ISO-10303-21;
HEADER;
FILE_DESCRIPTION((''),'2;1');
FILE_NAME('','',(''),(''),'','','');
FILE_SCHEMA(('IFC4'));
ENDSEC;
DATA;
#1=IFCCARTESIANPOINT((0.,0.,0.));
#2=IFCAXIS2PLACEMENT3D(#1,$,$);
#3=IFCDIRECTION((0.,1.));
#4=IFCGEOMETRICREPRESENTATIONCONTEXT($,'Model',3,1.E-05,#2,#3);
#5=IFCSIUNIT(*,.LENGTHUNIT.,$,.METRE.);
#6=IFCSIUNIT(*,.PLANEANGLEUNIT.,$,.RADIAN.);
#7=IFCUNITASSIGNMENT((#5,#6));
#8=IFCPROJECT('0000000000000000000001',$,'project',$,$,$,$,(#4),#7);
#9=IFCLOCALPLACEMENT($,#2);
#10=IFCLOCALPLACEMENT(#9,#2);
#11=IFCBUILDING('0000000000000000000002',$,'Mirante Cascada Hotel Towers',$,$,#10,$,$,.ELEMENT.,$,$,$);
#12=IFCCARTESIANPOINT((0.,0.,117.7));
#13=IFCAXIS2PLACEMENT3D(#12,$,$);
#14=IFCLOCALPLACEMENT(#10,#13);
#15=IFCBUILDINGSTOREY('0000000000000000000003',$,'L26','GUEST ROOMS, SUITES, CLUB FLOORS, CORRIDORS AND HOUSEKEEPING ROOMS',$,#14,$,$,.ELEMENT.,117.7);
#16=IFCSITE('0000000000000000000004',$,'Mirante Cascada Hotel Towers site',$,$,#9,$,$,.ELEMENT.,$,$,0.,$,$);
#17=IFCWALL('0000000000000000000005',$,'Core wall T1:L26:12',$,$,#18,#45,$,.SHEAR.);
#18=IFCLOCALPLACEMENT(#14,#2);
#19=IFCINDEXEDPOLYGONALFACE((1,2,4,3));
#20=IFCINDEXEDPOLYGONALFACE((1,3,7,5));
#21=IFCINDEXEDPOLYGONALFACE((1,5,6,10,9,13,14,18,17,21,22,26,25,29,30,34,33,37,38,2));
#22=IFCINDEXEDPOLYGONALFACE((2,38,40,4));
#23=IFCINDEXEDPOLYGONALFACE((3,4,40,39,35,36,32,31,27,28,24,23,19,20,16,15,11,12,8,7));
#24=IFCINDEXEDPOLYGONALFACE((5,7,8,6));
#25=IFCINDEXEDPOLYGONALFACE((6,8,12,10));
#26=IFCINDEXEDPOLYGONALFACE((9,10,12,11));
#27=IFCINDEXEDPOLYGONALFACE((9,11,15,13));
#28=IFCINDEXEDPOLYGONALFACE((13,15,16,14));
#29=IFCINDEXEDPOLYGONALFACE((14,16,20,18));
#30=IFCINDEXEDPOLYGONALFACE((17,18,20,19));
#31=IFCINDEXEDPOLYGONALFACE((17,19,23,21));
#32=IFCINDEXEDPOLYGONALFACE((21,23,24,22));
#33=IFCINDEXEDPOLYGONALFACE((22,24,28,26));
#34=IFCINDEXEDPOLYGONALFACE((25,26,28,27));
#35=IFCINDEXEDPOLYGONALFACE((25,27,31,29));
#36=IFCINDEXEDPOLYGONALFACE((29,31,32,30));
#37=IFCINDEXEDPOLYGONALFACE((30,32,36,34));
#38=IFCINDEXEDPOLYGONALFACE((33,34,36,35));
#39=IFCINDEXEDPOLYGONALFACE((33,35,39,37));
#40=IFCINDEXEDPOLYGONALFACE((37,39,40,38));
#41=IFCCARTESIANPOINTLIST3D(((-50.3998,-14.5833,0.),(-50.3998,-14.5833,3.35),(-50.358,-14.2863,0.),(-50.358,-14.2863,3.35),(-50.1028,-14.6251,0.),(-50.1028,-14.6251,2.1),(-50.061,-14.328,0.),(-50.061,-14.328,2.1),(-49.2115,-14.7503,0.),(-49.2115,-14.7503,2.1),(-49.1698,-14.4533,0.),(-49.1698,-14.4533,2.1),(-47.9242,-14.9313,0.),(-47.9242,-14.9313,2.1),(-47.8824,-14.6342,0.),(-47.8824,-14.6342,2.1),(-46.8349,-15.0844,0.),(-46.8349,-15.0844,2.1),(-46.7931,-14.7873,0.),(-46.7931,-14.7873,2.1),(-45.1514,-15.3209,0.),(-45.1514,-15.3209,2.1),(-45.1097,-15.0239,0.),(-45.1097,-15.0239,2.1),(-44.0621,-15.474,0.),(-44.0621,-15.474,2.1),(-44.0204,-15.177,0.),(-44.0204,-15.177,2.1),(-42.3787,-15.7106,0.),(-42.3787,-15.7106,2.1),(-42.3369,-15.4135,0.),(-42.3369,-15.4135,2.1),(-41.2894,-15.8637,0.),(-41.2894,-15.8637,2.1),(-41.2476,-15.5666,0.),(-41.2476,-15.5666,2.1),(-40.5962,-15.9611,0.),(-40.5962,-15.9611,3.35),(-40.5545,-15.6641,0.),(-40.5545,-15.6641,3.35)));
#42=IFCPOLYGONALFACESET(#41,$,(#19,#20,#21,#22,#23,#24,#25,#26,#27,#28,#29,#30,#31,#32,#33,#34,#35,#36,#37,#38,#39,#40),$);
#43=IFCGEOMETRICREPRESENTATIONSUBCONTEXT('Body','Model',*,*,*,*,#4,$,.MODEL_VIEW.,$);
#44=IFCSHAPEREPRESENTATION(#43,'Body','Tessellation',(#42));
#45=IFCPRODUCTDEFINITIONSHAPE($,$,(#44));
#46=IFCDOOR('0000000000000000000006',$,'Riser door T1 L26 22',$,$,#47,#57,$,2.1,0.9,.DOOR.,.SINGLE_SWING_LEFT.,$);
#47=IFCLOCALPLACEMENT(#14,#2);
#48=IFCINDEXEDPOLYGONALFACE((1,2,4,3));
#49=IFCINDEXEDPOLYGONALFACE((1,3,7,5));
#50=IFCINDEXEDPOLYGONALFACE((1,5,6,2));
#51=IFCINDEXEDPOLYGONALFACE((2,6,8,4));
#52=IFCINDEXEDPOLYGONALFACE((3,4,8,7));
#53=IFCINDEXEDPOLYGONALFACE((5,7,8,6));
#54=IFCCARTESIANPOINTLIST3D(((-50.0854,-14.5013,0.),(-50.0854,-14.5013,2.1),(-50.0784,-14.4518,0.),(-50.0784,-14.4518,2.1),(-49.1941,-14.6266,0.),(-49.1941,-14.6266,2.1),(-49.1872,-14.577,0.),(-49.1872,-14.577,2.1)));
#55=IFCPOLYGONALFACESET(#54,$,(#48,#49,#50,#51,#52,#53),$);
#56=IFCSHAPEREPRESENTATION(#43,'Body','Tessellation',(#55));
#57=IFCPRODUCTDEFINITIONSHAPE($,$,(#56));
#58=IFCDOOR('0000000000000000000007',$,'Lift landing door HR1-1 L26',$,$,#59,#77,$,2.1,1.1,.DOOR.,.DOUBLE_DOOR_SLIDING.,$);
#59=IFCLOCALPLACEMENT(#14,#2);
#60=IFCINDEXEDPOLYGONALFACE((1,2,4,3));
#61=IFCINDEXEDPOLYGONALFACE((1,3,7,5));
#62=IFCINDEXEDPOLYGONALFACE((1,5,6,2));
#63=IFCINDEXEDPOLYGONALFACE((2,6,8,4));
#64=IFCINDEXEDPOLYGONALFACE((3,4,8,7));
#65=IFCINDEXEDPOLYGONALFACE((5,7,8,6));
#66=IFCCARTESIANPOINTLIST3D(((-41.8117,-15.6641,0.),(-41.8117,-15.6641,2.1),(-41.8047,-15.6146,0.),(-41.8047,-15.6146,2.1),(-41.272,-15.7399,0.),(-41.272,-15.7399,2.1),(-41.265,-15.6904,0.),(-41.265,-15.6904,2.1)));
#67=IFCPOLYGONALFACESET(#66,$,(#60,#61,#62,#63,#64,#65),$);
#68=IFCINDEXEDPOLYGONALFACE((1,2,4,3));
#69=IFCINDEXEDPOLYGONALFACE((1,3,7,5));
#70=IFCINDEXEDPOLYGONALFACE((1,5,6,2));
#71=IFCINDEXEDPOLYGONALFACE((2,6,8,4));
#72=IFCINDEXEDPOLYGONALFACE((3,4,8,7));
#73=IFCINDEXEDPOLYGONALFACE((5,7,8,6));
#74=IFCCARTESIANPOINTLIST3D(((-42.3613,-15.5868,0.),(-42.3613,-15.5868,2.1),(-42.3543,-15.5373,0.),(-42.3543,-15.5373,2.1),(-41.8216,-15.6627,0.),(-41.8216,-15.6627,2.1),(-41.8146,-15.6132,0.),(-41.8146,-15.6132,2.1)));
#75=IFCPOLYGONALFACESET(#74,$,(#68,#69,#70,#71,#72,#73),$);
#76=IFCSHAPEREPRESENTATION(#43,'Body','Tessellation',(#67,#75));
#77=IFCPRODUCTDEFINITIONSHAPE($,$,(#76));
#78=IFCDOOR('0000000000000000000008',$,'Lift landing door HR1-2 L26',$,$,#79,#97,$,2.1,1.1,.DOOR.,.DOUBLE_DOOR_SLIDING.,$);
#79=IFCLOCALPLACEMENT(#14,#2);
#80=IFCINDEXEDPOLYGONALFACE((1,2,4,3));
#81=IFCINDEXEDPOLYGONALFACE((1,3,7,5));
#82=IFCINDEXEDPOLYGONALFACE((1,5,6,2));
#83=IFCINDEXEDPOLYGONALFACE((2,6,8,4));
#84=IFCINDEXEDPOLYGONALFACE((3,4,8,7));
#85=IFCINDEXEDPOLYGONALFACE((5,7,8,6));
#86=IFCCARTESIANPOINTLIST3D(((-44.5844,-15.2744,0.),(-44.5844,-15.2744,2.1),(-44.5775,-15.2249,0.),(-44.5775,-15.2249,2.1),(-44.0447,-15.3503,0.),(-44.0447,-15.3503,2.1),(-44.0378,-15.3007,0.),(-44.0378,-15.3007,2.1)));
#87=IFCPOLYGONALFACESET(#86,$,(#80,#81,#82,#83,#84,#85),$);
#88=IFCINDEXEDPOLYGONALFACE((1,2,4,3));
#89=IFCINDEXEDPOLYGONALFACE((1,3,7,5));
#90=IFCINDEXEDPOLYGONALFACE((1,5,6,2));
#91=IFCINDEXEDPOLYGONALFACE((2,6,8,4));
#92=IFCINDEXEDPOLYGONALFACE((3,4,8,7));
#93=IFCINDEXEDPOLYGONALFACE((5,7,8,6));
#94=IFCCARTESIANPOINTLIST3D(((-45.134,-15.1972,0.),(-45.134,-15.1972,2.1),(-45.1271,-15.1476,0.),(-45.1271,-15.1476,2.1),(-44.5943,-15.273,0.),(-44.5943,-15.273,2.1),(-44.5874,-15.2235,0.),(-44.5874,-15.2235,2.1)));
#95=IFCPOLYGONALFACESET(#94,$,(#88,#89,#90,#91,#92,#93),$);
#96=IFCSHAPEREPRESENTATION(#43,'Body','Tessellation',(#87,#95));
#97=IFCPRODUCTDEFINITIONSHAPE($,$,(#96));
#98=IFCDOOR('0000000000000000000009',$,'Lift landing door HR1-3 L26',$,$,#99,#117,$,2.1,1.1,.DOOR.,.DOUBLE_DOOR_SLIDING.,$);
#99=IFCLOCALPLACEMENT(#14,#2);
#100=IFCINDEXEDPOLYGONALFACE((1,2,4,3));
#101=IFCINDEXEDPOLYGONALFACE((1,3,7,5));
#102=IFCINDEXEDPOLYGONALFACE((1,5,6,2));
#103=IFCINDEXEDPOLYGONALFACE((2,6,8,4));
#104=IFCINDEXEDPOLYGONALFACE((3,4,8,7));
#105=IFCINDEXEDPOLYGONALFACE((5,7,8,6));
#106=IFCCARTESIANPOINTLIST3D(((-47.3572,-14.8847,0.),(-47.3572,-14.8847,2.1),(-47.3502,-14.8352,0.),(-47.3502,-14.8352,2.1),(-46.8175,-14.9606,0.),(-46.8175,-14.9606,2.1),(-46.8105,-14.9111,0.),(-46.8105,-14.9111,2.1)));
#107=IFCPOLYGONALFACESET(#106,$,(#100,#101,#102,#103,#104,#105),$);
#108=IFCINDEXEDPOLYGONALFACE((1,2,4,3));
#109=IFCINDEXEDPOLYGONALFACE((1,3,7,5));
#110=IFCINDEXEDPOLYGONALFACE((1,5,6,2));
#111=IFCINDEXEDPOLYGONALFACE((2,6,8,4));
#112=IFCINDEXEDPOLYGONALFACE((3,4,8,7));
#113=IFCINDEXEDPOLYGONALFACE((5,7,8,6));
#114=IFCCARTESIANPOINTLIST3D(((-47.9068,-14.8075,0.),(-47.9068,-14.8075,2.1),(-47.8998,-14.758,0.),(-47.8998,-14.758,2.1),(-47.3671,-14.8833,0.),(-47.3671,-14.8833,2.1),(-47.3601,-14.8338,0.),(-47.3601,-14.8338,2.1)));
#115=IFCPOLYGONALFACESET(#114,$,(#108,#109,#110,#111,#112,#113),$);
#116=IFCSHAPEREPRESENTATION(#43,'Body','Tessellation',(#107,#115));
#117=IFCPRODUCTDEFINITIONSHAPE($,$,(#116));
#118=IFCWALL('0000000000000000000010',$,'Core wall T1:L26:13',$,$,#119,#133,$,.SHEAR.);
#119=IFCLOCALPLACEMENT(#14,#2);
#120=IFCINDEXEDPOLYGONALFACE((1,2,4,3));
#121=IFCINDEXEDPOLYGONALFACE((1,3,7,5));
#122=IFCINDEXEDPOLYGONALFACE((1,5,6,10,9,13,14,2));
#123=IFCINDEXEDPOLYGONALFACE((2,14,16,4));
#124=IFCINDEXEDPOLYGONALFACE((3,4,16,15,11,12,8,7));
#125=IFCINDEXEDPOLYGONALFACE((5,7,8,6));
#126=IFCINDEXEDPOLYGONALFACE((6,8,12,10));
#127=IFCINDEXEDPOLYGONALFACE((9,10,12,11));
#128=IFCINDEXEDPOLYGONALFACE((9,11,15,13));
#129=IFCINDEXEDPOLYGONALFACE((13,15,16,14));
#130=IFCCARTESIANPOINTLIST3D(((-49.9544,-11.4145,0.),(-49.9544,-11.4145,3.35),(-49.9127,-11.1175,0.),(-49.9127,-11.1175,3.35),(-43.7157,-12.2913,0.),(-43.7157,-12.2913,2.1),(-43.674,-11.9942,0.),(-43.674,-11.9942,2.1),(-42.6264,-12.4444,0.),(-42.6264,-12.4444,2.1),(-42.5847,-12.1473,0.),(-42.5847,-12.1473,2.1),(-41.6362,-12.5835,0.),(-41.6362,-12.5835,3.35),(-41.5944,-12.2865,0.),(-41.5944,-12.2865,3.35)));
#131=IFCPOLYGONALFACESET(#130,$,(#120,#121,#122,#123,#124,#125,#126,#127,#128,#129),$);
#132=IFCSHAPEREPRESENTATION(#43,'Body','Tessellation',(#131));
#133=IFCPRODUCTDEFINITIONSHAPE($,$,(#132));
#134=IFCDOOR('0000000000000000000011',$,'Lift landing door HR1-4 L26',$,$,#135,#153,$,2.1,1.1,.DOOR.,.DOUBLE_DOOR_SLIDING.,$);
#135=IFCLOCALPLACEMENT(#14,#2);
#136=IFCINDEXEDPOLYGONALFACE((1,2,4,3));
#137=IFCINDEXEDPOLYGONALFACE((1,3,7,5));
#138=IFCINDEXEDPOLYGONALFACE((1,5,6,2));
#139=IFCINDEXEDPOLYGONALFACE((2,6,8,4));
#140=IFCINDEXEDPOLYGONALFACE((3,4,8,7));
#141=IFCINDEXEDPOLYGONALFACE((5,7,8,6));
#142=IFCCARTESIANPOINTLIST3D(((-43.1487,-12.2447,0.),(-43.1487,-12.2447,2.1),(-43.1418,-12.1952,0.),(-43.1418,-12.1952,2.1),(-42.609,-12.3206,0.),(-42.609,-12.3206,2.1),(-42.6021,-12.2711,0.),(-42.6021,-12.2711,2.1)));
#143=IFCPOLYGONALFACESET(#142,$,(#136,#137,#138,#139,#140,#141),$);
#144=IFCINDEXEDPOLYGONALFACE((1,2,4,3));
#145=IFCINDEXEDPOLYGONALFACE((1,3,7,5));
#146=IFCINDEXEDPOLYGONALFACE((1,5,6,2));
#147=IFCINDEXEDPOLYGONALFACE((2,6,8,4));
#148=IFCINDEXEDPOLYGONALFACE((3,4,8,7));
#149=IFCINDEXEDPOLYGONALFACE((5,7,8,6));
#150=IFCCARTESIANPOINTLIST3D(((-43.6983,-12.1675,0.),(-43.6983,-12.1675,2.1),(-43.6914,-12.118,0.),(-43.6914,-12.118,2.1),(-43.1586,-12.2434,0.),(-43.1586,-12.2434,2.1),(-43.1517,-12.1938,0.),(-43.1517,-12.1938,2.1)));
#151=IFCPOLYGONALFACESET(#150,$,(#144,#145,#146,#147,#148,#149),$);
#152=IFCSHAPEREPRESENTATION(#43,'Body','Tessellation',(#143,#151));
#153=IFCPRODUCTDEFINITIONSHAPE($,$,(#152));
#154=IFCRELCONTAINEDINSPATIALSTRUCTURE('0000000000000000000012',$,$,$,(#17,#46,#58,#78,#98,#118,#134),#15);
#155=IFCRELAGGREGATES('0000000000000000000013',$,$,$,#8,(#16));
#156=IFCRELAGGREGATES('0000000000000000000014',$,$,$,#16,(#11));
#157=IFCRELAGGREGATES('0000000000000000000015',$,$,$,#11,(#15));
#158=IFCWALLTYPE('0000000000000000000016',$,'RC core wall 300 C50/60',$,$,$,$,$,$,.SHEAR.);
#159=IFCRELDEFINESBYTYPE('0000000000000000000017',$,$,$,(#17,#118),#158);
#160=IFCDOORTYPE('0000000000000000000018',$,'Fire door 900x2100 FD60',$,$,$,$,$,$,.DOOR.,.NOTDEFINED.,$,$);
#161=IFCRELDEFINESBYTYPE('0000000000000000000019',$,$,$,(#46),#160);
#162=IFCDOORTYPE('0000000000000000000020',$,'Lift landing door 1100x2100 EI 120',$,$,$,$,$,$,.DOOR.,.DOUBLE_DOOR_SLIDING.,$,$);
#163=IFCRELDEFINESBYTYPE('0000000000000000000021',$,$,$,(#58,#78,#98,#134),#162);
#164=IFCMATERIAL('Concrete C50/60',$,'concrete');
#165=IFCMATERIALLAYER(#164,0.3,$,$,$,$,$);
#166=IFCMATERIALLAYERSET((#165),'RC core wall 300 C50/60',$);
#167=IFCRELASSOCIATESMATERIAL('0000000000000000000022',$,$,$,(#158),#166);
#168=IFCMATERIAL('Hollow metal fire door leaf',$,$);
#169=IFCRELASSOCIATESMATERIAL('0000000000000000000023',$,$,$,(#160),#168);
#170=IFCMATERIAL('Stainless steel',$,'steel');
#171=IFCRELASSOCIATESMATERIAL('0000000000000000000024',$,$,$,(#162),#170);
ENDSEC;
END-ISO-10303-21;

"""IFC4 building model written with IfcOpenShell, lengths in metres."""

from ifc_helpers import new_model, si_unit, direction, frame, frame_2d, origin, place, context, subcontext, project, spatial, rectangle, extrude, material, layer, layer_set, type_object, element, fill, save


model = new_model("IFC4")

# Units and contexts
model_context = context("Model", 3, precision=1e-05, world=origin(), true_north=direction((0.0, 1.0)))
body_context = subcontext(model_context, "Body", "Model", "MODEL_VIEW")
ifc_project = project(units=[si_unit("LENGTHUNIT", "METRE"), si_unit("PLANEANGLEUNIT", "RADIAN")], contexts=[model_context])

# Site, building, storey
site_placement = place(None, origin())
site = spatial("IfcSite", under=ifc_project, at=site_placement, Name="Mirante Cascada Hotel Towers site", CompositionType="ELEMENT", RefElevation=0.0)
building_placement = place(site_placement, origin())
building = spatial("IfcBuilding", under=site, at=building_placement, Name="Mirante Cascada Hotel Towers", CompositionType="ELEMENT")
storey_placement = place(building_placement, frame((0.0, 0.0, 117.7)))
storey = spatial("IfcBuildingStorey", under=building, at=storey_placement, Name="L26", Description="GUEST ROOMS, SUITES, CLUB FLOORS, CORRIDORS AND HOUSEKEEPING ROOMS", CompositionType="ELEMENT", Elevation=117.7)

# Shared definitions
ifc_material_1 = material(Name="Concrete C50/60", Category="concrete")
ifc_layer_1 = layer(ifc_material_1, 0.3)
ifc_layer_set_1 = layer_set([ifc_layer_1], Name="RC core wall 300 C50/60")
wall_type_1 = type_object("IfcWallType", Name="RC core wall 300 C50/60", PredefinedType="SHEAR", material=ifc_layer_set_1)

# Wall, openings, doors
wall_1_placement = place(storey_placement, frame((-40.5753, -15.8126, 0.0), z_axis=(0.0, 0.0, 1.0), x_axis=(-0.990268, 0.139173, 0.0)))
wall_1 = element("IfcWall", 1, at=wall_1_placement, inside=storey, type_object=wall_type_1, Name="Core wall T1:L26:12", PredefinedType="SHEAR", context=body_context, shape_type="SweptSolid", body=[
    extrude(rectangle(XDim=9.8999, YDim=0.3, at=frame_2d((4.95, 0.0))), origin(), (0.0, 0.0, 1.0), 3.35),
])
opening_1_placement = place(wall_1_placement, frame((0.7, 0.0, 0.0)))
opening_1 = element("IfcOpeningElement", 2, at=opening_1_placement, cuts=wall_1, PredefinedType="OPENING", context=body_context, shape_type="SweptSolid", body=[
    extrude(rectangle(XDim=1.1, YDim=2.1, at=frame_2d((0.55, 1.05))), frame((0.0, 0.15, 0.0), z_axis=(0.0, -1.0, 0.0), x_axis=(1.0, 0.0, 0.0)), (0.0, 0.0, 1.0), 0.3),
])
opening_2_placement = place(wall_1_placement, frame((3.5, 0.0, 0.0)))
opening_2 = element("IfcOpeningElement", 3, at=opening_2_placement, cuts=wall_1, PredefinedType="OPENING", context=body_context, shape_type="SweptSolid", body=[
    extrude(rectangle(XDim=1.1, YDim=2.1, at=frame_2d((0.55, 1.05))), frame((0.0, 0.15, 0.0), z_axis=(0.0, -1.0, 0.0), x_axis=(1.0, 0.0, 0.0)), (0.0, 0.0, 1.0), 0.3),
])
opening_3_placement = place(wall_1_placement, frame((6.3, 0.0, 0.0)))
opening_3 = element("IfcOpeningElement", 4, at=opening_3_placement, cuts=wall_1, PredefinedType="OPENING", context=body_context, shape_type="SweptSolid", body=[
    extrude(rectangle(XDim=1.1, YDim=2.1, at=frame_2d((0.55, 1.05))), frame((0.0, 0.15, 0.0), z_axis=(0.0, -1.0, 0.0), x_axis=(1.0, 0.0, 0.0)), (0.0, 0.0, 1.0), 0.3),
])
opening_4_placement = place(wall_1_placement, frame((8.7, 0.0, 0.0)))
opening_4 = element("IfcOpeningElement", 5, at=opening_4_placement, cuts=wall_1, PredefinedType="OPENING", context=body_context, shape_type="SweptSolid", body=[
    extrude(rectangle(XDim=0.9, YDim=2.1, at=frame_2d((0.45, 1.05))), frame((0.0, 0.15, 0.0), z_axis=(0.0, -1.0, 0.0), x_axis=(1.0, 0.0, 0.0)), (0.0, 0.0, 1.0), 0.3),
])
ifc_material_2 = material(Name="Hollow metal fire door leaf")
door_type_1 = type_object("IfcDoorType", Name="Fire door 900x2100 FD60", OperationType="NOTDEFINED", PredefinedType="DOOR", material=ifc_material_2)
door_1_placement = place(opening_4_placement, origin())
door_1 = element("IfcDoor", 6, at=door_1_placement, inside=storey, type_object=door_type_1, Name="Riser door T1 L26 22", OperationType="SINGLE_SWING_LEFT", OverallHeight=2.1, OverallWidth=0.9, PredefinedType="DOOR", context=body_context, shape_type="SweptSolid", body=[
    extrude(rectangle(XDim=0.9, YDim=2.1, at=frame_2d((0.45, 1.05))), frame((0.0, 0.025, 0.0), z_axis=(0.0, -1.0, 0.0), x_axis=(1.0, 0.0, 0.0)), (0.0, 0.0, 1.0), 0.05),
])
fill(opening_4, door_1)
ifc_material_3 = material(Name="Stainless steel", Category="steel")
door_type_2 = type_object("IfcDoorType", Name="Lift landing door 1100x2100 EI 120", OperationType="DOUBLE_DOOR_SLIDING", PredefinedType="DOOR", material=ifc_material_3)
door_2_placement = place(opening_1_placement, origin())
door_2 = element("IfcDoor", 7, at=door_2_placement, inside=storey, type_object=door_type_2, Name="Lift landing door HR1-1 L26", OperationType="DOUBLE_DOOR_SLIDING", OverallHeight=2.1, OverallWidth=1.1, PredefinedType="DOOR", context=body_context, shape_type="SweptSolid", body=[
    extrude(rectangle(XDim=0.545, YDim=2.1, at=frame_2d((0.2725, 1.05))), frame((0.0, 0.025, 0.0), z_axis=(0.0, -1.0, 0.0), x_axis=(1.0, 0.0, 0.0)), (0.0, 0.0, 1.0), 0.05),
    extrude(rectangle(XDim=0.545, YDim=2.1, at=frame_2d((0.8275, 1.05))), frame((0.0, 0.025, 0.0), z_axis=(0.0, -1.0, 0.0), x_axis=(1.0, 0.0, 0.0)), (0.0, 0.0, 1.0), 0.05),
])
fill(opening_1, door_2)
door_3_placement = place(opening_2_placement, origin())
door_3 = element("IfcDoor", 8, at=door_3_placement, inside=storey, type_object=door_type_2, Name="Lift landing door HR1-2 L26", OperationType="DOUBLE_DOOR_SLIDING", OverallHeight=2.1, OverallWidth=1.1, PredefinedType="DOOR", context=body_context, shape_type="SweptSolid", body=[
    extrude(rectangle(XDim=0.545, YDim=2.1, at=frame_2d((0.2725, 1.05))), frame((0.0, 0.025, 0.0), z_axis=(0.0, -1.0, 0.0), x_axis=(1.0, 0.0, 0.0)), (0.0, 0.0, 1.0), 0.05),
    extrude(rectangle(XDim=0.545, YDim=2.1, at=frame_2d((0.8275, 1.05))), frame((0.0, 0.025, 0.0), z_axis=(0.0, -1.0, 0.0), x_axis=(1.0, 0.0, 0.0)), (0.0, 0.0, 1.0), 0.05),
])
fill(opening_2, door_3)
door_4_placement = place(opening_3_placement, origin())
door_4 = element("IfcDoor", 9, at=door_4_placement, inside=storey, type_object=door_type_2, Name="Lift landing door HR1-3 L26", OperationType="DOUBLE_DOOR_SLIDING", OverallHeight=2.1, OverallWidth=1.1, PredefinedType="DOOR", context=body_context, shape_type="SweptSolid", body=[
    extrude(rectangle(XDim=0.545, YDim=2.1, at=frame_2d((0.2725, 1.05))), frame((0.0, 0.025, 0.0), z_axis=(0.0, -1.0, 0.0), x_axis=(1.0, 0.0, 0.0)), (0.0, 0.0, 1.0), 0.05),
    extrude(rectangle(XDim=0.545, YDim=2.1, at=frame_2d((0.8275, 1.05))), frame((0.0, 0.025, 0.0), z_axis=(0.0, -1.0, 0.0), x_axis=(1.0, 0.0, 0.0)), (0.0, 0.0, 1.0), 0.05),
])
fill(opening_3, door_4)

# Wall, opening, door
wall_2_placement = place(storey_placement, frame((-41.6153, -12.435, 0.0), z_axis=(0.0, 0.0, 1.0), x_axis=(-0.990269, 0.139166, 0.0)))
wall_2 = element("IfcWall", 10, at=wall_2_placement, inside=storey, type_object=wall_type_1, Name="Core wall T1:L26:13", PredefinedType="SHEAR", context=body_context, shape_type="SweptSolid", body=[
    extrude(rectangle(XDim=8.4, YDim=0.3, at=frame_2d((4.2, 0.0))), origin(), (0.0, 0.0, 1.0), 3.35),
])
opening_5_placement = place(wall_2_placement, frame((1.0, 0.0, 0.0)))
opening_5 = element("IfcOpeningElement", 11, at=opening_5_placement, cuts=wall_2, PredefinedType="OPENING", context=body_context, shape_type="SweptSolid", body=[
    extrude(rectangle(XDim=1.1, YDim=2.1, at=frame_2d((0.55, 1.05))), frame((0.0, 0.15, 0.0), z_axis=(0.0, -1.0, 0.0), x_axis=(1.0, 0.0, 0.0)), (0.0, 0.0, 1.0), 0.3),
])
door_5_placement = place(opening_5_placement, origin())
door_5 = element("IfcDoor", 12, at=door_5_placement, inside=storey, type_object=door_type_2, Name="Lift landing door HR1-4 L26", OperationType="DOUBLE_DOOR_SLIDING", OverallHeight=2.1, OverallWidth=1.1, PredefinedType="DOOR", context=body_context, shape_type="SweptSolid", body=[
    extrude(rectangle(XDim=0.545, YDim=2.1, at=frame_2d((0.2725, 1.05))), frame((0.0, 0.025, 0.0), z_axis=(0.0, -1.0, 0.0), x_axis=(1.0, 0.0, 0.0)), (0.0, 0.0, 1.0), 0.05),
    extrude(rectangle(XDim=0.545, YDim=2.1, at=frame_2d((0.8275, 1.05))), frame((0.0, 0.025, 0.0), z_axis=(0.0, -1.0, 0.0), x_axis=(1.0, 0.0, 0.0)), (0.0, 0.0, 1.0), 0.05),
])
fill(opening_5, door_5)

save(model, "model.ifc")
